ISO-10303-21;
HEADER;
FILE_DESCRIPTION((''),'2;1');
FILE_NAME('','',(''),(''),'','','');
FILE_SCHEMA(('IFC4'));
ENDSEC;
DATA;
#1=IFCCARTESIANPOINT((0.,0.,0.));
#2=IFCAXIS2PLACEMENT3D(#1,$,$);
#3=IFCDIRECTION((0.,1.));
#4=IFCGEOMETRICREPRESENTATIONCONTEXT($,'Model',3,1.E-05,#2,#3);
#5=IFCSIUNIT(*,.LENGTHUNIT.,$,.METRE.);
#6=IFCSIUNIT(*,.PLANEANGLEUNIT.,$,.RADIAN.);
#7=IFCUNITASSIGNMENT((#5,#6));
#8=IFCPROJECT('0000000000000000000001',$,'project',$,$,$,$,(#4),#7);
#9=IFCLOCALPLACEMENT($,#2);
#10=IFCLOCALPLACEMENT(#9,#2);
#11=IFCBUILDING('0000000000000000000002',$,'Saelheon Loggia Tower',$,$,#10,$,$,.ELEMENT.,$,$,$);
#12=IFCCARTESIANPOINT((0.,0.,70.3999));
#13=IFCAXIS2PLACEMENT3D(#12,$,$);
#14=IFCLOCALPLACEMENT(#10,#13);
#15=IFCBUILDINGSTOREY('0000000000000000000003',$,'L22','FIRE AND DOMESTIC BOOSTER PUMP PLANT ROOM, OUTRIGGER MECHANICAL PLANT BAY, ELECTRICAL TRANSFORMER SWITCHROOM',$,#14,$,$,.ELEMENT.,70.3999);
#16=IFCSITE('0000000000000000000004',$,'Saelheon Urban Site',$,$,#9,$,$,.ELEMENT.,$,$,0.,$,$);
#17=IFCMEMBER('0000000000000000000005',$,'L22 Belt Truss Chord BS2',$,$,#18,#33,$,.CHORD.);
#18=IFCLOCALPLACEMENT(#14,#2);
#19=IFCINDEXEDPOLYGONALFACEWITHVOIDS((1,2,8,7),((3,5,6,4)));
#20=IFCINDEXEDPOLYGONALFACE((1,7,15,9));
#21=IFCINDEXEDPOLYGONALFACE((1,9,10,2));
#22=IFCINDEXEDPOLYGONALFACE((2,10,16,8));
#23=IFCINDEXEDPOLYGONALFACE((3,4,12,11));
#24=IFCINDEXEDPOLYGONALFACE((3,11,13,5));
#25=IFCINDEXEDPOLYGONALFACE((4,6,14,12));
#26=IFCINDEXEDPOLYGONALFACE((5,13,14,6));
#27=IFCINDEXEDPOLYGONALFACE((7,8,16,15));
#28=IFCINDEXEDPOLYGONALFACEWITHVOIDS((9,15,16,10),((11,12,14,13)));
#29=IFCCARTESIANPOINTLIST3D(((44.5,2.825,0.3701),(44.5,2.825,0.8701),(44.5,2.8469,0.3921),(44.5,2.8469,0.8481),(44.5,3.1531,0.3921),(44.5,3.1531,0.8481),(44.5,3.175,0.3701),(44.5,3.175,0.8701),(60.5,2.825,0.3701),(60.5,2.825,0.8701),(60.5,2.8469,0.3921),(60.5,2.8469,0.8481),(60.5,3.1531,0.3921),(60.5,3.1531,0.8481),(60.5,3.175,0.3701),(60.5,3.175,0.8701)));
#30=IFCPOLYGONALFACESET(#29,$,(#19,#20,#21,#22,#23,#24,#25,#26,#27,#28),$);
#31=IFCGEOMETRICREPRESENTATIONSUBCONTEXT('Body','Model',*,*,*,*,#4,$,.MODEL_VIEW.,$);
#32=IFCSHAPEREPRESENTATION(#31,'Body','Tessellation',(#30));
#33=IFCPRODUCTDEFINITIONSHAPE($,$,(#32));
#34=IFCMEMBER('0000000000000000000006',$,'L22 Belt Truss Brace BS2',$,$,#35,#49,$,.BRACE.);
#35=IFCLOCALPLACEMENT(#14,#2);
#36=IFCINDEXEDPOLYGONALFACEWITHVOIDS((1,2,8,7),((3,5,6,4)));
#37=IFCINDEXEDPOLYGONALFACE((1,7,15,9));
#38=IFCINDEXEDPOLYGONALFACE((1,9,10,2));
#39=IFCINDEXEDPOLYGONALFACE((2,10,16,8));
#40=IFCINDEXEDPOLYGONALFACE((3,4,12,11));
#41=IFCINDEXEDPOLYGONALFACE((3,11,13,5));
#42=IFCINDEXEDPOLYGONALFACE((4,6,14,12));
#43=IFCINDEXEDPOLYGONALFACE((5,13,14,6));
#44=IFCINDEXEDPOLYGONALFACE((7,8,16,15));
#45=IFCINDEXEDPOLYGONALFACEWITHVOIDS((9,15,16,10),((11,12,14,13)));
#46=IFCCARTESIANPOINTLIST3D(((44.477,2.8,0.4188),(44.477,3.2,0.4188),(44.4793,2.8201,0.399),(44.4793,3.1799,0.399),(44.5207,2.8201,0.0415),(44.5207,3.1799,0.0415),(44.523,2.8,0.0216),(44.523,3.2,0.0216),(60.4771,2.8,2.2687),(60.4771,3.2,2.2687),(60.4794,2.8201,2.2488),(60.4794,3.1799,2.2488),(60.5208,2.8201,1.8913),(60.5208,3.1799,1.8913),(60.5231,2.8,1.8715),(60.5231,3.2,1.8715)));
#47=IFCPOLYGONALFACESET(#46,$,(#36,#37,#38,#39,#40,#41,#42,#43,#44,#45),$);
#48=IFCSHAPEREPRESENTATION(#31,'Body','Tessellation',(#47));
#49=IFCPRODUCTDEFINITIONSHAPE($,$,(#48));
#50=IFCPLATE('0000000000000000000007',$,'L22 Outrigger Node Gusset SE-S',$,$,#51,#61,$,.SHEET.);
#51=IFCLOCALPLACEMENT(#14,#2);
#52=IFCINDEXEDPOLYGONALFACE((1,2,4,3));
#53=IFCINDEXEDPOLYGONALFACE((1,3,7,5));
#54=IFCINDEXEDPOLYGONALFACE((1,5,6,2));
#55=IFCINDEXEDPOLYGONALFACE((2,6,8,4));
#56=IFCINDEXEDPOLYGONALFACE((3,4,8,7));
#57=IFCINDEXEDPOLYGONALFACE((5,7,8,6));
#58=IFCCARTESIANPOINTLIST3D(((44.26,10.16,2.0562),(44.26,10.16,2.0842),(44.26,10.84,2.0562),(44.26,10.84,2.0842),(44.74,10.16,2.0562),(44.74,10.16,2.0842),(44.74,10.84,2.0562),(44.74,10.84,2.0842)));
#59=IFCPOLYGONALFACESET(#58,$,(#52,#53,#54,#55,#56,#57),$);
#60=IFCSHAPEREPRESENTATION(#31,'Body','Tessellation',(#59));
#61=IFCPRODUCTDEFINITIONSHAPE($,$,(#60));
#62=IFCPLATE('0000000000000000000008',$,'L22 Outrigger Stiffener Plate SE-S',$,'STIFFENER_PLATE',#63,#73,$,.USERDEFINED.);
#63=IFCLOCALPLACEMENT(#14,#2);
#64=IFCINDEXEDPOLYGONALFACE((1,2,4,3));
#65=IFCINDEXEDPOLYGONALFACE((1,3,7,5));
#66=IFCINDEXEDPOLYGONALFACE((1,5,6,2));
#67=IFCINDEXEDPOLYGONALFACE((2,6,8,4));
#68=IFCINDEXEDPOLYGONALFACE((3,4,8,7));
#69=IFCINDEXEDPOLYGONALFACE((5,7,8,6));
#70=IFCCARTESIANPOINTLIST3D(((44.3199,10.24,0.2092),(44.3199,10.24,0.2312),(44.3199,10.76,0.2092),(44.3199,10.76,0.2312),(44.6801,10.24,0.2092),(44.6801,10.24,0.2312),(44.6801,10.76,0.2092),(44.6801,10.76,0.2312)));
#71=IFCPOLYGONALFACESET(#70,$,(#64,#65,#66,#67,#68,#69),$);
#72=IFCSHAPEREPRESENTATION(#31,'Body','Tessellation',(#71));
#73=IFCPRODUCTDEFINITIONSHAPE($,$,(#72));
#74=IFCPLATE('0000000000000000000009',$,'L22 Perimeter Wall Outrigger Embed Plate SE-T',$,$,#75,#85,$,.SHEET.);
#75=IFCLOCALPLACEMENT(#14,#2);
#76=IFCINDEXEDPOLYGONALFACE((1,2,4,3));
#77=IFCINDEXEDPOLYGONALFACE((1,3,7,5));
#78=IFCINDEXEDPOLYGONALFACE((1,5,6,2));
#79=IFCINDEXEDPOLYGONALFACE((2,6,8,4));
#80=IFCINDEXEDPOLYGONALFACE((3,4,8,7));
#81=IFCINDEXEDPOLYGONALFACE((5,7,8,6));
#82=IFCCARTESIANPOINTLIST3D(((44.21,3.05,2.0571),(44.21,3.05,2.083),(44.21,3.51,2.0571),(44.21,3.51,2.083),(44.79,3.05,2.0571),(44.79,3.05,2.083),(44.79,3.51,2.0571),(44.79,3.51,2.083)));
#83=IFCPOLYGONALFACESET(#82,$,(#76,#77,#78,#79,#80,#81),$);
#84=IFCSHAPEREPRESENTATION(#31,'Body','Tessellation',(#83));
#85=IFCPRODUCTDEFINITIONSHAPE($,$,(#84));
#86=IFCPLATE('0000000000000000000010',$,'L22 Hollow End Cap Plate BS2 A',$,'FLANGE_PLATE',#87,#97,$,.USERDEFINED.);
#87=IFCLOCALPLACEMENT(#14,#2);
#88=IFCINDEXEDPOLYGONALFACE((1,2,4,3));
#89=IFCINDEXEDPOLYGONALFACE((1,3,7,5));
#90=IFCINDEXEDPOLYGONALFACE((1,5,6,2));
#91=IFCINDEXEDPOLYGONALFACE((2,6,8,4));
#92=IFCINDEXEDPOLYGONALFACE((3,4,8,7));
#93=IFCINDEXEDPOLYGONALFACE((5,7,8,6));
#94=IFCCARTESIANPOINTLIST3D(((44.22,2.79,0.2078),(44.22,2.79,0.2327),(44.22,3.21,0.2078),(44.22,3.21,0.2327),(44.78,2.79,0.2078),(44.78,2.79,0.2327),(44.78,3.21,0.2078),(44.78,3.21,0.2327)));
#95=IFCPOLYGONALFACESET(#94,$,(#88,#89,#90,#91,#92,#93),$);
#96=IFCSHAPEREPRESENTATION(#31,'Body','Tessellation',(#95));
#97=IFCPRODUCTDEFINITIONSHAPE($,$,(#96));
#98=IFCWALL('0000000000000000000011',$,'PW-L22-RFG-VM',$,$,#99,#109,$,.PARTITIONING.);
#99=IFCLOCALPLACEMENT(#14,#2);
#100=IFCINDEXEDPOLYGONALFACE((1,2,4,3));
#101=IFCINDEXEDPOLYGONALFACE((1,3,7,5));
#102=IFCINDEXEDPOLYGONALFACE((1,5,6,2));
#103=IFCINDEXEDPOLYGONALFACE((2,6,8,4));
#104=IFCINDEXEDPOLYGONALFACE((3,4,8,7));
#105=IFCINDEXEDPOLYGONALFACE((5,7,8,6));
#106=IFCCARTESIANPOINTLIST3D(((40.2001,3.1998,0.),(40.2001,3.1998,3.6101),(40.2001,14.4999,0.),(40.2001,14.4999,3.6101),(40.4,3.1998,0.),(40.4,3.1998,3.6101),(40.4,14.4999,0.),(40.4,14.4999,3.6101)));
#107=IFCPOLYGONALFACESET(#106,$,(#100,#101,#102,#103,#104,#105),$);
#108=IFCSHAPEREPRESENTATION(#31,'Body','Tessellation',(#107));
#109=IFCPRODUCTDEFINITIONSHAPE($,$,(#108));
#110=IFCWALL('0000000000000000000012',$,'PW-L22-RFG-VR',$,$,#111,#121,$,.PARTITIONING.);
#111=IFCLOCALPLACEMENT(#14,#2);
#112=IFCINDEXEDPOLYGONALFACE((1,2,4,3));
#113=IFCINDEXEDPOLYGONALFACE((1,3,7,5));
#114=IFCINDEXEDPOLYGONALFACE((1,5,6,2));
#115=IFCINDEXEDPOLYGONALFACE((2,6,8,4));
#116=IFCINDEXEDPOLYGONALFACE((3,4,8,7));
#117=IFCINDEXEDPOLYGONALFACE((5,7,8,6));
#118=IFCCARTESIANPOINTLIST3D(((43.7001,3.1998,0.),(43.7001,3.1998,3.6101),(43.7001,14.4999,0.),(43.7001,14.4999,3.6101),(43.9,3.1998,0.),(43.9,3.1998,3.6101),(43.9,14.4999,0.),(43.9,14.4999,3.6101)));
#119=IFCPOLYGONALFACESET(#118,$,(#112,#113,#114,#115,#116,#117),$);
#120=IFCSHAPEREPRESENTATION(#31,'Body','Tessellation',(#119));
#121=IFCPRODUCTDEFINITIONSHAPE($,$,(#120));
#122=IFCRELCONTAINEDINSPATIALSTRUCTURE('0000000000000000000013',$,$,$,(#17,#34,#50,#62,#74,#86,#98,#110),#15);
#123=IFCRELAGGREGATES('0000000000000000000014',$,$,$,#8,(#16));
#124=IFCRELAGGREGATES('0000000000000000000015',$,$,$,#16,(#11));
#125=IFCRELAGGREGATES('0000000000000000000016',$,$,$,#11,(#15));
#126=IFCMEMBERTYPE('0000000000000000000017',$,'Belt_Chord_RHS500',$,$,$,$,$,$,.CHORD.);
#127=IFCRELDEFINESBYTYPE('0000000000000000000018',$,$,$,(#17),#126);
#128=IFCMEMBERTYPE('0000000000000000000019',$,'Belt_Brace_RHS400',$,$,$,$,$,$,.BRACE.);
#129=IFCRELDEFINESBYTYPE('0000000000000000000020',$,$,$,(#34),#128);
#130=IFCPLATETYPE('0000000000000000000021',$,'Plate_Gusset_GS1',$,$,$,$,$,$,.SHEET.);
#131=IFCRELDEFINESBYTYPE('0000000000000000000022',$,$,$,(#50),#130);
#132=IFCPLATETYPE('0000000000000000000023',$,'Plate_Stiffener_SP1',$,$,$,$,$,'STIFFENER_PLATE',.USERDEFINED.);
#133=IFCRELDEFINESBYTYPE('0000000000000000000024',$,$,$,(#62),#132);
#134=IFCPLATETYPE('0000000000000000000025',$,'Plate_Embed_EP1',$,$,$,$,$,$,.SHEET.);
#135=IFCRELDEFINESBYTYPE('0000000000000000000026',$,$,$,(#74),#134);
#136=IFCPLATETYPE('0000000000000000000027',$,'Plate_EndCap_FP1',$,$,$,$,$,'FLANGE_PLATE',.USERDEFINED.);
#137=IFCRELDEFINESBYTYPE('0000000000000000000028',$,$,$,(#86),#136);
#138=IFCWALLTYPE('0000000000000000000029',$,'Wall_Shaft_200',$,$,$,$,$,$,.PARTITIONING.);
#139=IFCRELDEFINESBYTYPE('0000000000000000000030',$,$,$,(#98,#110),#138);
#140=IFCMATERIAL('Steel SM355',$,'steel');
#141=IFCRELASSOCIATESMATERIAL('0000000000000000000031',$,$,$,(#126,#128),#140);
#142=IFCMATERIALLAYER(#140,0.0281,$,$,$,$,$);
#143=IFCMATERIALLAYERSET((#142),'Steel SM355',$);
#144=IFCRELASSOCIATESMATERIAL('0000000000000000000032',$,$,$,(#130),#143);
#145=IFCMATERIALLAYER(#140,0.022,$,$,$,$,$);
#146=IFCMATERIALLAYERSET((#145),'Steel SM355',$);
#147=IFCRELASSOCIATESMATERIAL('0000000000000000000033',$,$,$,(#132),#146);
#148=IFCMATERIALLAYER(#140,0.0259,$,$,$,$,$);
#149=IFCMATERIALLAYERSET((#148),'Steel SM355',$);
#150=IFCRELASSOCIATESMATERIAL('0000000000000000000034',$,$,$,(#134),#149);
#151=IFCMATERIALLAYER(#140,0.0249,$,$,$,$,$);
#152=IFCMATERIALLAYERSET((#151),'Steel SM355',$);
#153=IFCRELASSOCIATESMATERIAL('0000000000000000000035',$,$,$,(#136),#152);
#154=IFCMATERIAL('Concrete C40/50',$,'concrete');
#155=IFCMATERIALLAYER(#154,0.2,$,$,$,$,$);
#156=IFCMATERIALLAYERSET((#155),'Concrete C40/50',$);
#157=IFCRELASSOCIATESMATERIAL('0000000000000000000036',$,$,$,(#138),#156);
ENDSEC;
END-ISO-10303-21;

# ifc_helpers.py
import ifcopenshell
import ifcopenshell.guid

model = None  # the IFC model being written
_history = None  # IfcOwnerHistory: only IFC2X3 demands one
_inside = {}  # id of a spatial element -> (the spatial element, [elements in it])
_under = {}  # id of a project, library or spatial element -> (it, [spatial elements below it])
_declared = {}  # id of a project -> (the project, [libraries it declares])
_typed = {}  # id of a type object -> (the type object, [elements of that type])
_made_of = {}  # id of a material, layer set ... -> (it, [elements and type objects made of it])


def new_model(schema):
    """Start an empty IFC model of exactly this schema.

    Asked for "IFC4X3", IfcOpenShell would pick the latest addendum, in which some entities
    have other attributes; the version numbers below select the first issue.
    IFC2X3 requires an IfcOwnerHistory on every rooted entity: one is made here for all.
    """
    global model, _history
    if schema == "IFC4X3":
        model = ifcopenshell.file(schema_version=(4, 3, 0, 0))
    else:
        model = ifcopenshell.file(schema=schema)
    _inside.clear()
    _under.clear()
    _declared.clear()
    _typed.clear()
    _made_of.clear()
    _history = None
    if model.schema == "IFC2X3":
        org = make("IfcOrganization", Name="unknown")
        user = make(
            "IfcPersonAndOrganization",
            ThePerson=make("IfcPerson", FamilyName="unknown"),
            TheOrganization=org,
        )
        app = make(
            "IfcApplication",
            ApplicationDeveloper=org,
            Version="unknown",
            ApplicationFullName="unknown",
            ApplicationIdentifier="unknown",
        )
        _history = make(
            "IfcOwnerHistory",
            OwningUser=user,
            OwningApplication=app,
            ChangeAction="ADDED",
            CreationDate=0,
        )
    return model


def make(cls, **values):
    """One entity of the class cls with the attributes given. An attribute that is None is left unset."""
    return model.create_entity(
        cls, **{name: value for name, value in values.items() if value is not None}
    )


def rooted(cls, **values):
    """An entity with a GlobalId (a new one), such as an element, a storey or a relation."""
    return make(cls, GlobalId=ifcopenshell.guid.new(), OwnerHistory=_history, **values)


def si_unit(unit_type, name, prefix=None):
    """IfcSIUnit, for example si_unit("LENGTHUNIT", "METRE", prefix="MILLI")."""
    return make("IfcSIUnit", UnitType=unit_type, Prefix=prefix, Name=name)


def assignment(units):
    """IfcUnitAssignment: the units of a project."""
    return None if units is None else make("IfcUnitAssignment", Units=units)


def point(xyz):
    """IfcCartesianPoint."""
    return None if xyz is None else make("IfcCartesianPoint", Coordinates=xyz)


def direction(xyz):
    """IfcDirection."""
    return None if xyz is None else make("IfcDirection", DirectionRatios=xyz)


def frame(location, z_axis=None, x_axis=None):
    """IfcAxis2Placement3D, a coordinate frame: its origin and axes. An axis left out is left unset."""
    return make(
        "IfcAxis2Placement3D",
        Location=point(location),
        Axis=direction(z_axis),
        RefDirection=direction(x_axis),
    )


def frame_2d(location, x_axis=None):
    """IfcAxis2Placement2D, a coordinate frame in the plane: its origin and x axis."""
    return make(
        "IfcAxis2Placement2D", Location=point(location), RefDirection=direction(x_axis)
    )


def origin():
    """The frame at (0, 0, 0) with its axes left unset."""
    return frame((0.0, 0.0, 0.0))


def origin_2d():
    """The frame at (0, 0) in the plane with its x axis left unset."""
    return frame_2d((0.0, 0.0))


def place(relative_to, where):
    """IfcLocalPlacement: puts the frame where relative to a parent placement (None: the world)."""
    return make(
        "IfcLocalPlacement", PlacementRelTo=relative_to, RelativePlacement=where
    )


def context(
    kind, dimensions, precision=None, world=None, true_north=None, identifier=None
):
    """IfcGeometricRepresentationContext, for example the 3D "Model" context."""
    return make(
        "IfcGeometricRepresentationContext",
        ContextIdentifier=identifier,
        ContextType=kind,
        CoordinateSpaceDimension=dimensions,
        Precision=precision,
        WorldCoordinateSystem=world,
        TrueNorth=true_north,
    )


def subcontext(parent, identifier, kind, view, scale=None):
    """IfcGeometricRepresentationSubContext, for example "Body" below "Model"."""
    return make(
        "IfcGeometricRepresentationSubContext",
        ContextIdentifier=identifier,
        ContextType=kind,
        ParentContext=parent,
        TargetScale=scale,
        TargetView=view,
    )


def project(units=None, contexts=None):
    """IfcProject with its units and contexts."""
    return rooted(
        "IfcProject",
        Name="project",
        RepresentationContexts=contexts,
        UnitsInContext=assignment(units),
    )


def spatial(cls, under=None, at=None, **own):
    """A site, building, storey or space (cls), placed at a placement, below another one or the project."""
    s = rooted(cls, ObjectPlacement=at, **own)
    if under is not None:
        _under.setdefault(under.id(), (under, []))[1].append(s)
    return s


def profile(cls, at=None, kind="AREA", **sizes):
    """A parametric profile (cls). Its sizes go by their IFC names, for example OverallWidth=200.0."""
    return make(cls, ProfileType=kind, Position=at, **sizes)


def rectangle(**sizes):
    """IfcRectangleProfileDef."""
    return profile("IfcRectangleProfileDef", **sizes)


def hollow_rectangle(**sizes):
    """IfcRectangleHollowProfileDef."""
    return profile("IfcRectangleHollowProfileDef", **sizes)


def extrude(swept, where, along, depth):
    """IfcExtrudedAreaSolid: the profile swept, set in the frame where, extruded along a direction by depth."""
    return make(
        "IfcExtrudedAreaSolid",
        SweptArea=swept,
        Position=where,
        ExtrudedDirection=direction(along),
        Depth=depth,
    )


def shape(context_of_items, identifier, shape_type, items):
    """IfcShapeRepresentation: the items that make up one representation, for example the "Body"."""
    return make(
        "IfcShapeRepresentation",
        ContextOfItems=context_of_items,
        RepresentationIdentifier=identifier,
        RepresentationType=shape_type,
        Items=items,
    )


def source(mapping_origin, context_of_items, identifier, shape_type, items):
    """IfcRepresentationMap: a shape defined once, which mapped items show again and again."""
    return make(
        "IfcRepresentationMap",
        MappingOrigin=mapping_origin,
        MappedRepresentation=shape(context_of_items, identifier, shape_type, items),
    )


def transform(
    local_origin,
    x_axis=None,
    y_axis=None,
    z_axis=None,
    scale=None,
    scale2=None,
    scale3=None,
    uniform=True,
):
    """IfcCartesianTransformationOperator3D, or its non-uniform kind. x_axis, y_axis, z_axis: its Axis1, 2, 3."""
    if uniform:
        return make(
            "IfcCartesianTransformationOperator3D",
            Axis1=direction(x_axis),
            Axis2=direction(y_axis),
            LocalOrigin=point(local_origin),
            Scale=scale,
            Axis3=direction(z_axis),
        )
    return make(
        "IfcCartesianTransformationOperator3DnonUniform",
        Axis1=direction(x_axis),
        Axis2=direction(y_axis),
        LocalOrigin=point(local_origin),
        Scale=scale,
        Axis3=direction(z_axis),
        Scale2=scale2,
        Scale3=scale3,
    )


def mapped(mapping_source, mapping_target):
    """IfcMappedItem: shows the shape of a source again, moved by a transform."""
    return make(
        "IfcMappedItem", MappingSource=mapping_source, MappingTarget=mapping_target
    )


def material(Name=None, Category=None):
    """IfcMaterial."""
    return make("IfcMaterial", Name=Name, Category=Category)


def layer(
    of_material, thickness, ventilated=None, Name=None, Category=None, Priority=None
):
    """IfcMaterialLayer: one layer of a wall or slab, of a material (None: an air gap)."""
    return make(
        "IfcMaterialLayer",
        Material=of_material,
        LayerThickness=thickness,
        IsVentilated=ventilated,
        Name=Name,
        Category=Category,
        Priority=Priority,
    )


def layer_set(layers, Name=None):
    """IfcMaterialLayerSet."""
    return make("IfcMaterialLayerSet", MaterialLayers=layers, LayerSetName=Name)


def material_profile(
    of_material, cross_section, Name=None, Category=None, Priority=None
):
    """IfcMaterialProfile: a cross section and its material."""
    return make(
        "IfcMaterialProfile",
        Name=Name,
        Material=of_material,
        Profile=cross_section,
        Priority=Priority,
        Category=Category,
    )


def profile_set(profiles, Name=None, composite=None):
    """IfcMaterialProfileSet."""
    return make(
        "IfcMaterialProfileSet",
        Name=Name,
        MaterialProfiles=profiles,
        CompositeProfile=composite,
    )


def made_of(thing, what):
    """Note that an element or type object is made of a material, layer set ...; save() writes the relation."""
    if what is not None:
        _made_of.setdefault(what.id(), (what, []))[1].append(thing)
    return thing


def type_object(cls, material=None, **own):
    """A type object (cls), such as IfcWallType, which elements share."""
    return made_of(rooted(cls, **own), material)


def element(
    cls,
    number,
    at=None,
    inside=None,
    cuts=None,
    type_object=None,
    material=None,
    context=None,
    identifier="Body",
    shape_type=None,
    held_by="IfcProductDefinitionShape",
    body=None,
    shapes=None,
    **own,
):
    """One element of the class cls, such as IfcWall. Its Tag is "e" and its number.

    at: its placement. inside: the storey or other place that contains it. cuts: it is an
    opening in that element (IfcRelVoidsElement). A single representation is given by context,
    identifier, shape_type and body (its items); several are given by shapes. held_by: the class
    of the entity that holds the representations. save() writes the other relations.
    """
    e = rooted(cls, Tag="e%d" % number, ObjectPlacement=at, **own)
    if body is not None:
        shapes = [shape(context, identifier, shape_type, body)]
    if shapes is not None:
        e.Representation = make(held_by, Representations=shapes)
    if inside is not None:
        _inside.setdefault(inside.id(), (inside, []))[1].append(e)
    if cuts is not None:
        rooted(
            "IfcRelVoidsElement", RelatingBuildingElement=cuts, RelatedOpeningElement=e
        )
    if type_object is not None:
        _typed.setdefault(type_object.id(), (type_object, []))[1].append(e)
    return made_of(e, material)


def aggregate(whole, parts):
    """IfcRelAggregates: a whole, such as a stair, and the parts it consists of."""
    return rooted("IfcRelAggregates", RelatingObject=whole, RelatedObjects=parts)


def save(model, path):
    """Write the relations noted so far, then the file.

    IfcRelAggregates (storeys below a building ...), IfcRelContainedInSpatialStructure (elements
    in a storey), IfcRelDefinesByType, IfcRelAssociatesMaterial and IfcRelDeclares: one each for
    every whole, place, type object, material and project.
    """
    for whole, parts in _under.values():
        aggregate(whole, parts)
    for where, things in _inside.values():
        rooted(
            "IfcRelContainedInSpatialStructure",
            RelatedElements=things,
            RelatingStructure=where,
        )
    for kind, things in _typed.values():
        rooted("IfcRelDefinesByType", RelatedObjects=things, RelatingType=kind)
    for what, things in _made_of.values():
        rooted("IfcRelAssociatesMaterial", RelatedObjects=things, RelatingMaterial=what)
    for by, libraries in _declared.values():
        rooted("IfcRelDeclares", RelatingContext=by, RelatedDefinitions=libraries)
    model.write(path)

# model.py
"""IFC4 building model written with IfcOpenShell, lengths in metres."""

from ifc_helpers import new_model, si_unit, direction, frame, frame_2d, origin, origin_2d, place, context, subcontext, project, spatial, rectangle, hollow_rectangle, extrude, source, transform, mapped, material, layer, layer_set, material_profile, profile_set, type_object, element, save


model = new_model("IFC4")

# Units and contexts
model_context = context("Model", 3, precision=1e-05, world=origin(), true_north=direction((0.0, 1.0)))
body_context = subcontext(model_context, "Body", "Model", "MODEL_VIEW")
ifc_project = project(units=[si_unit("LENGTHUNIT", "METRE"), si_unit("PLANEANGLEUNIT", "RADIAN")], contexts=[model_context])

# Site, building, storey
site_placement = place(None, origin())
site = spatial("IfcSite", under=ifc_project, at=site_placement, Name="Saelheon Urban Site", CompositionType="ELEMENT", RefElevation=0.0)
building_placement = place(site_placement, origin())
building = spatial("IfcBuilding", under=site, at=building_placement, Name="Saelheon Loggia Tower", CompositionType="ELEMENT")
storey_placement = place(building_placement, frame((0.0, 0.0, 70.3999)))
storey = spatial("IfcBuildingStorey", under=building, at=storey_placement, Name="L22", Description="FIRE AND DOMESTIC BOOSTER PUMP PLANT ROOM, OUTRIGGER MECHANICAL PLANT BAY, ELECTRICAL TRANSFORMER SWITCHROOM", CompositionType="ELEMENT", Elevation=70.3999)

# Members
ifc_material_1 = material(Name="Steel SM355", Category="steel")
ifc_material_profile_1 = material_profile(ifc_material_1, hollow_rectangle(XDim=0.3501, YDim=0.5, WallThickness=0.022, at=origin_2d()), Name="RHS-500x350x22")
ifc_profile_set_1 = profile_set([ifc_material_profile_1], Name="Steel SM355")
member_type_1 = type_object("IfcMemberType", Name="Belt_Chord_RHS500", PredefinedType="CHORD", material=ifc_profile_set_1)
shared_shape_1 = source(origin(), body_context, "Body", "SweptSolid", [
    extrude(hollow_rectangle(XDim=0.3501, YDim=0.5, WallThickness=0.022, at=origin_2d()), origin(), (0.0, 0.0, 1.0), 16.0),
])
member_1_placement = place(storey_placement, frame((44.5, 3.0, 0.6201), z_axis=(1.0, 0.0, 0.0), x_axis=(0.0, 1.0, 0.0)))
element("IfcMember", 1, at=member_1_placement, inside=storey, type_object=member_type_1, Name="L22 Belt Truss Chord BS2", PredefinedType="CHORD", context=body_context, shape_type="MappedRepresentation", body=[
    mapped(shared_shape_1, transform((0.0, 0.0, 0.0), scale=1.0)),
])
ifc_material_profile_2 = material_profile(ifc_material_1, hollow_rectangle(XDim=0.3999, YDim=0.3999, WallThickness=0.02, at=origin_2d()), Name="RHS-400x400x20")
ifc_profile_set_2 = profile_set([ifc_material_profile_2], Name="Steel SM355")
member_type_2 = type_object("IfcMemberType", Name="Belt_Brace_RHS400", PredefinedType="BRACE", material=ifc_profile_set_2)
shared_shape_2 = source(origin(), body_context, "Body", "SweptSolid", [
    extrude(hollow_rectangle(XDim=0.3999, YDim=0.3999, WallThickness=0.02, at=origin_2d()), origin(), (0.0, 0.0, 1.0), 16.1067),
])
member_2_placement = place(storey_placement, frame((44.5, 3.0, 0.2202), z_axis=(0.993383, 0.0, 0.114851), x_axis=(0.0, 1.0, 0.0)))
element("IfcMember", 2, at=member_2_placement, inside=storey, type_object=member_type_2, Name="L22 Belt Truss Brace BS2", PredefinedType="BRACE", context=body_context, shape_type="MappedRepresentation", body=[
    mapped(shared_shape_2, transform((0.0, 0.0, 0.0), scale=1.0)),
])

# Plates
ifc_layer_1 = layer(ifc_material_1, 0.0281)
ifc_layer_set_1 = layer_set([ifc_layer_1], Name="Steel SM355")
plate_type_1 = type_object("IfcPlateType", Name="Plate_Gusset_GS1", PredefinedType="SHEET", material=ifc_layer_set_1)
shared_shape_3 = source(origin(), body_context, "Body", "SweptSolid", [
    extrude(rectangle(XDim=0.6799, YDim=0.48, at=origin_2d()), origin(), (0.0, 0.0, 1.0), 0.0281),
])
plate_1_placement = place(storey_placement, frame((44.5, 10.5, 2.0562), z_axis=(0.0, 0.0, 1.0), x_axis=(0.0, 1.0, 0.0)))
element("IfcPlate", 3, at=plate_1_placement, inside=storey, type_object=plate_type_1, Name="L22 Outrigger Node Gusset SE-S", PredefinedType="SHEET", context=body_context, shape_type="MappedRepresentation", body=[
    mapped(shared_shape_3, transform((0.0, 0.0, 0.0), scale=1.0)),
])
ifc_layer_2 = layer(ifc_material_1, 0.022)
ifc_layer_set_2 = layer_set([ifc_layer_2], Name="Steel SM355")
plate_type_2 = type_object("IfcPlateType", Name="Plate_Stiffener_SP1", ElementType="STIFFENER_PLATE", PredefinedType="USERDEFINED", material=ifc_layer_set_2)
shared_shape_4 = source(origin(), body_context, "Body", "SweptSolid", [
    extrude(rectangle(XDim=0.52, YDim=0.3601, at=origin_2d()), origin(), (0.0, 0.0, 1.0), 0.022),
])
plate_2_placement = place(storey_placement, frame((44.5, 10.5, 0.2092), z_axis=(0.0, 0.0, 1.0), x_axis=(0.0, 1.0, 0.0)))
element("IfcPlate", 4, at=plate_2_placement, inside=storey, type_object=plate_type_2, Name="L22 Outrigger Stiffener Plate SE-S", ObjectType="STIFFENER_PLATE", PredefinedType="USERDEFINED", context=body_context, shape_type="MappedRepresentation", body=[
    mapped(shared_shape_4, transform((0.0, 0.0, 0.0), scale=1.0)),
])
ifc_layer_3 = layer(ifc_material_1, 0.0259)
ifc_layer_set_3 = layer_set([ifc_layer_3], Name="Steel SM355")
plate_type_3 = type_object("IfcPlateType", Name="Plate_Embed_EP1", PredefinedType="SHEET", material=ifc_layer_set_3)
shared_shape_5 = source(origin(), body_context, "Body", "SweptSolid", [
    extrude(rectangle(XDim=0.5801, YDim=0.46, at=origin_2d()), origin(), (0.0, 0.0, 1.0), 0.0259),
])
plate_3_placement = place(storey_placement, frame((44.5, 3.28, 2.0571), z_axis=(0.0, 0.0, 1.0), x_axis=(1.0, 0.0, 0.0)))
element("IfcPlate", 5, at=plate_3_placement, inside=storey, type_object=plate_type_3, Name="L22 Perimeter Wall Outrigger Embed Plate SE-T", PredefinedType="SHEET", context=body_context, shape_type="MappedRepresentation", body=[
    mapped(shared_shape_5, transform((0.0, 0.0, 0.0), scale=1.0)),
])
ifc_layer_4 = layer(ifc_material_1, 0.0249)
ifc_layer_set_4 = layer_set([ifc_layer_4], Name="Steel SM355")
plate_type_4 = type_object("IfcPlateType", Name="Plate_EndCap_FP1", ElementType="FLANGE_PLATE", PredefinedType="USERDEFINED", material=ifc_layer_set_4)
shared_shape_6 = source(origin(), body_context, "Body", "SweptSolid", [
    extrude(rectangle(XDim=0.5601, YDim=0.4199, at=origin_2d()), origin(), (0.0, 0.0, 1.0), 0.0249),
])
plate_4_placement = place(storey_placement, frame((44.5, 3.0, 0.2078), z_axis=(0.0, 0.0, 1.0), x_axis=(1.0, 0.0, 0.0)))
element("IfcPlate", 6, at=plate_4_placement, inside=storey, type_object=plate_type_4, Name="L22 Hollow End Cap Plate BS2 A", ObjectType="FLANGE_PLATE", PredefinedType="USERDEFINED", context=body_context, shape_type="MappedRepresentation", body=[
    mapped(shared_shape_6, transform((0.0, 0.0, 0.0), scale=1.0)),
])

# Walls
ifc_material_2 = material(Name="Concrete C40/50", Category="concrete")
ifc_layer_5 = layer(ifc_material_2, 0.2)
ifc_layer_set_5 = layer_set([ifc_layer_5], Name="Concrete C40/50")
wall_type = type_object("IfcWallType", Name="Wall_Shaft_200", PredefinedType="PARTITIONING", material=ifc_layer_set_5)
for number, where, z_axis, x_axis, name in (
    (7, (40.3, 3.2, 0.0), (0.0, 0.0, 1.0), (0.0, 1.0, 0.0), "PW-L22-RFG-VM"),
    (8, (43.8, 3.2, 0.0), (0.0, 0.0, 1.0), (0.0, 1.0, 0.0), "PW-L22-RFG-VR"),
):
    element("IfcWall", number, at=place(storey_placement, frame(where, z_axis=z_axis, x_axis=x_axis)), inside=storey, type_object=wall_type, Name=name, PredefinedType="PARTITIONING", context=body_context, shape_type="SweptSolid", body=[
        extrude(rectangle(XDim=11.3, YDim=0.2, at=frame_2d((5.6499, 0.0))), origin(), (0.0, 0.0, 1.0), 3.6101),
    ])

save(model, "model.ifc")
